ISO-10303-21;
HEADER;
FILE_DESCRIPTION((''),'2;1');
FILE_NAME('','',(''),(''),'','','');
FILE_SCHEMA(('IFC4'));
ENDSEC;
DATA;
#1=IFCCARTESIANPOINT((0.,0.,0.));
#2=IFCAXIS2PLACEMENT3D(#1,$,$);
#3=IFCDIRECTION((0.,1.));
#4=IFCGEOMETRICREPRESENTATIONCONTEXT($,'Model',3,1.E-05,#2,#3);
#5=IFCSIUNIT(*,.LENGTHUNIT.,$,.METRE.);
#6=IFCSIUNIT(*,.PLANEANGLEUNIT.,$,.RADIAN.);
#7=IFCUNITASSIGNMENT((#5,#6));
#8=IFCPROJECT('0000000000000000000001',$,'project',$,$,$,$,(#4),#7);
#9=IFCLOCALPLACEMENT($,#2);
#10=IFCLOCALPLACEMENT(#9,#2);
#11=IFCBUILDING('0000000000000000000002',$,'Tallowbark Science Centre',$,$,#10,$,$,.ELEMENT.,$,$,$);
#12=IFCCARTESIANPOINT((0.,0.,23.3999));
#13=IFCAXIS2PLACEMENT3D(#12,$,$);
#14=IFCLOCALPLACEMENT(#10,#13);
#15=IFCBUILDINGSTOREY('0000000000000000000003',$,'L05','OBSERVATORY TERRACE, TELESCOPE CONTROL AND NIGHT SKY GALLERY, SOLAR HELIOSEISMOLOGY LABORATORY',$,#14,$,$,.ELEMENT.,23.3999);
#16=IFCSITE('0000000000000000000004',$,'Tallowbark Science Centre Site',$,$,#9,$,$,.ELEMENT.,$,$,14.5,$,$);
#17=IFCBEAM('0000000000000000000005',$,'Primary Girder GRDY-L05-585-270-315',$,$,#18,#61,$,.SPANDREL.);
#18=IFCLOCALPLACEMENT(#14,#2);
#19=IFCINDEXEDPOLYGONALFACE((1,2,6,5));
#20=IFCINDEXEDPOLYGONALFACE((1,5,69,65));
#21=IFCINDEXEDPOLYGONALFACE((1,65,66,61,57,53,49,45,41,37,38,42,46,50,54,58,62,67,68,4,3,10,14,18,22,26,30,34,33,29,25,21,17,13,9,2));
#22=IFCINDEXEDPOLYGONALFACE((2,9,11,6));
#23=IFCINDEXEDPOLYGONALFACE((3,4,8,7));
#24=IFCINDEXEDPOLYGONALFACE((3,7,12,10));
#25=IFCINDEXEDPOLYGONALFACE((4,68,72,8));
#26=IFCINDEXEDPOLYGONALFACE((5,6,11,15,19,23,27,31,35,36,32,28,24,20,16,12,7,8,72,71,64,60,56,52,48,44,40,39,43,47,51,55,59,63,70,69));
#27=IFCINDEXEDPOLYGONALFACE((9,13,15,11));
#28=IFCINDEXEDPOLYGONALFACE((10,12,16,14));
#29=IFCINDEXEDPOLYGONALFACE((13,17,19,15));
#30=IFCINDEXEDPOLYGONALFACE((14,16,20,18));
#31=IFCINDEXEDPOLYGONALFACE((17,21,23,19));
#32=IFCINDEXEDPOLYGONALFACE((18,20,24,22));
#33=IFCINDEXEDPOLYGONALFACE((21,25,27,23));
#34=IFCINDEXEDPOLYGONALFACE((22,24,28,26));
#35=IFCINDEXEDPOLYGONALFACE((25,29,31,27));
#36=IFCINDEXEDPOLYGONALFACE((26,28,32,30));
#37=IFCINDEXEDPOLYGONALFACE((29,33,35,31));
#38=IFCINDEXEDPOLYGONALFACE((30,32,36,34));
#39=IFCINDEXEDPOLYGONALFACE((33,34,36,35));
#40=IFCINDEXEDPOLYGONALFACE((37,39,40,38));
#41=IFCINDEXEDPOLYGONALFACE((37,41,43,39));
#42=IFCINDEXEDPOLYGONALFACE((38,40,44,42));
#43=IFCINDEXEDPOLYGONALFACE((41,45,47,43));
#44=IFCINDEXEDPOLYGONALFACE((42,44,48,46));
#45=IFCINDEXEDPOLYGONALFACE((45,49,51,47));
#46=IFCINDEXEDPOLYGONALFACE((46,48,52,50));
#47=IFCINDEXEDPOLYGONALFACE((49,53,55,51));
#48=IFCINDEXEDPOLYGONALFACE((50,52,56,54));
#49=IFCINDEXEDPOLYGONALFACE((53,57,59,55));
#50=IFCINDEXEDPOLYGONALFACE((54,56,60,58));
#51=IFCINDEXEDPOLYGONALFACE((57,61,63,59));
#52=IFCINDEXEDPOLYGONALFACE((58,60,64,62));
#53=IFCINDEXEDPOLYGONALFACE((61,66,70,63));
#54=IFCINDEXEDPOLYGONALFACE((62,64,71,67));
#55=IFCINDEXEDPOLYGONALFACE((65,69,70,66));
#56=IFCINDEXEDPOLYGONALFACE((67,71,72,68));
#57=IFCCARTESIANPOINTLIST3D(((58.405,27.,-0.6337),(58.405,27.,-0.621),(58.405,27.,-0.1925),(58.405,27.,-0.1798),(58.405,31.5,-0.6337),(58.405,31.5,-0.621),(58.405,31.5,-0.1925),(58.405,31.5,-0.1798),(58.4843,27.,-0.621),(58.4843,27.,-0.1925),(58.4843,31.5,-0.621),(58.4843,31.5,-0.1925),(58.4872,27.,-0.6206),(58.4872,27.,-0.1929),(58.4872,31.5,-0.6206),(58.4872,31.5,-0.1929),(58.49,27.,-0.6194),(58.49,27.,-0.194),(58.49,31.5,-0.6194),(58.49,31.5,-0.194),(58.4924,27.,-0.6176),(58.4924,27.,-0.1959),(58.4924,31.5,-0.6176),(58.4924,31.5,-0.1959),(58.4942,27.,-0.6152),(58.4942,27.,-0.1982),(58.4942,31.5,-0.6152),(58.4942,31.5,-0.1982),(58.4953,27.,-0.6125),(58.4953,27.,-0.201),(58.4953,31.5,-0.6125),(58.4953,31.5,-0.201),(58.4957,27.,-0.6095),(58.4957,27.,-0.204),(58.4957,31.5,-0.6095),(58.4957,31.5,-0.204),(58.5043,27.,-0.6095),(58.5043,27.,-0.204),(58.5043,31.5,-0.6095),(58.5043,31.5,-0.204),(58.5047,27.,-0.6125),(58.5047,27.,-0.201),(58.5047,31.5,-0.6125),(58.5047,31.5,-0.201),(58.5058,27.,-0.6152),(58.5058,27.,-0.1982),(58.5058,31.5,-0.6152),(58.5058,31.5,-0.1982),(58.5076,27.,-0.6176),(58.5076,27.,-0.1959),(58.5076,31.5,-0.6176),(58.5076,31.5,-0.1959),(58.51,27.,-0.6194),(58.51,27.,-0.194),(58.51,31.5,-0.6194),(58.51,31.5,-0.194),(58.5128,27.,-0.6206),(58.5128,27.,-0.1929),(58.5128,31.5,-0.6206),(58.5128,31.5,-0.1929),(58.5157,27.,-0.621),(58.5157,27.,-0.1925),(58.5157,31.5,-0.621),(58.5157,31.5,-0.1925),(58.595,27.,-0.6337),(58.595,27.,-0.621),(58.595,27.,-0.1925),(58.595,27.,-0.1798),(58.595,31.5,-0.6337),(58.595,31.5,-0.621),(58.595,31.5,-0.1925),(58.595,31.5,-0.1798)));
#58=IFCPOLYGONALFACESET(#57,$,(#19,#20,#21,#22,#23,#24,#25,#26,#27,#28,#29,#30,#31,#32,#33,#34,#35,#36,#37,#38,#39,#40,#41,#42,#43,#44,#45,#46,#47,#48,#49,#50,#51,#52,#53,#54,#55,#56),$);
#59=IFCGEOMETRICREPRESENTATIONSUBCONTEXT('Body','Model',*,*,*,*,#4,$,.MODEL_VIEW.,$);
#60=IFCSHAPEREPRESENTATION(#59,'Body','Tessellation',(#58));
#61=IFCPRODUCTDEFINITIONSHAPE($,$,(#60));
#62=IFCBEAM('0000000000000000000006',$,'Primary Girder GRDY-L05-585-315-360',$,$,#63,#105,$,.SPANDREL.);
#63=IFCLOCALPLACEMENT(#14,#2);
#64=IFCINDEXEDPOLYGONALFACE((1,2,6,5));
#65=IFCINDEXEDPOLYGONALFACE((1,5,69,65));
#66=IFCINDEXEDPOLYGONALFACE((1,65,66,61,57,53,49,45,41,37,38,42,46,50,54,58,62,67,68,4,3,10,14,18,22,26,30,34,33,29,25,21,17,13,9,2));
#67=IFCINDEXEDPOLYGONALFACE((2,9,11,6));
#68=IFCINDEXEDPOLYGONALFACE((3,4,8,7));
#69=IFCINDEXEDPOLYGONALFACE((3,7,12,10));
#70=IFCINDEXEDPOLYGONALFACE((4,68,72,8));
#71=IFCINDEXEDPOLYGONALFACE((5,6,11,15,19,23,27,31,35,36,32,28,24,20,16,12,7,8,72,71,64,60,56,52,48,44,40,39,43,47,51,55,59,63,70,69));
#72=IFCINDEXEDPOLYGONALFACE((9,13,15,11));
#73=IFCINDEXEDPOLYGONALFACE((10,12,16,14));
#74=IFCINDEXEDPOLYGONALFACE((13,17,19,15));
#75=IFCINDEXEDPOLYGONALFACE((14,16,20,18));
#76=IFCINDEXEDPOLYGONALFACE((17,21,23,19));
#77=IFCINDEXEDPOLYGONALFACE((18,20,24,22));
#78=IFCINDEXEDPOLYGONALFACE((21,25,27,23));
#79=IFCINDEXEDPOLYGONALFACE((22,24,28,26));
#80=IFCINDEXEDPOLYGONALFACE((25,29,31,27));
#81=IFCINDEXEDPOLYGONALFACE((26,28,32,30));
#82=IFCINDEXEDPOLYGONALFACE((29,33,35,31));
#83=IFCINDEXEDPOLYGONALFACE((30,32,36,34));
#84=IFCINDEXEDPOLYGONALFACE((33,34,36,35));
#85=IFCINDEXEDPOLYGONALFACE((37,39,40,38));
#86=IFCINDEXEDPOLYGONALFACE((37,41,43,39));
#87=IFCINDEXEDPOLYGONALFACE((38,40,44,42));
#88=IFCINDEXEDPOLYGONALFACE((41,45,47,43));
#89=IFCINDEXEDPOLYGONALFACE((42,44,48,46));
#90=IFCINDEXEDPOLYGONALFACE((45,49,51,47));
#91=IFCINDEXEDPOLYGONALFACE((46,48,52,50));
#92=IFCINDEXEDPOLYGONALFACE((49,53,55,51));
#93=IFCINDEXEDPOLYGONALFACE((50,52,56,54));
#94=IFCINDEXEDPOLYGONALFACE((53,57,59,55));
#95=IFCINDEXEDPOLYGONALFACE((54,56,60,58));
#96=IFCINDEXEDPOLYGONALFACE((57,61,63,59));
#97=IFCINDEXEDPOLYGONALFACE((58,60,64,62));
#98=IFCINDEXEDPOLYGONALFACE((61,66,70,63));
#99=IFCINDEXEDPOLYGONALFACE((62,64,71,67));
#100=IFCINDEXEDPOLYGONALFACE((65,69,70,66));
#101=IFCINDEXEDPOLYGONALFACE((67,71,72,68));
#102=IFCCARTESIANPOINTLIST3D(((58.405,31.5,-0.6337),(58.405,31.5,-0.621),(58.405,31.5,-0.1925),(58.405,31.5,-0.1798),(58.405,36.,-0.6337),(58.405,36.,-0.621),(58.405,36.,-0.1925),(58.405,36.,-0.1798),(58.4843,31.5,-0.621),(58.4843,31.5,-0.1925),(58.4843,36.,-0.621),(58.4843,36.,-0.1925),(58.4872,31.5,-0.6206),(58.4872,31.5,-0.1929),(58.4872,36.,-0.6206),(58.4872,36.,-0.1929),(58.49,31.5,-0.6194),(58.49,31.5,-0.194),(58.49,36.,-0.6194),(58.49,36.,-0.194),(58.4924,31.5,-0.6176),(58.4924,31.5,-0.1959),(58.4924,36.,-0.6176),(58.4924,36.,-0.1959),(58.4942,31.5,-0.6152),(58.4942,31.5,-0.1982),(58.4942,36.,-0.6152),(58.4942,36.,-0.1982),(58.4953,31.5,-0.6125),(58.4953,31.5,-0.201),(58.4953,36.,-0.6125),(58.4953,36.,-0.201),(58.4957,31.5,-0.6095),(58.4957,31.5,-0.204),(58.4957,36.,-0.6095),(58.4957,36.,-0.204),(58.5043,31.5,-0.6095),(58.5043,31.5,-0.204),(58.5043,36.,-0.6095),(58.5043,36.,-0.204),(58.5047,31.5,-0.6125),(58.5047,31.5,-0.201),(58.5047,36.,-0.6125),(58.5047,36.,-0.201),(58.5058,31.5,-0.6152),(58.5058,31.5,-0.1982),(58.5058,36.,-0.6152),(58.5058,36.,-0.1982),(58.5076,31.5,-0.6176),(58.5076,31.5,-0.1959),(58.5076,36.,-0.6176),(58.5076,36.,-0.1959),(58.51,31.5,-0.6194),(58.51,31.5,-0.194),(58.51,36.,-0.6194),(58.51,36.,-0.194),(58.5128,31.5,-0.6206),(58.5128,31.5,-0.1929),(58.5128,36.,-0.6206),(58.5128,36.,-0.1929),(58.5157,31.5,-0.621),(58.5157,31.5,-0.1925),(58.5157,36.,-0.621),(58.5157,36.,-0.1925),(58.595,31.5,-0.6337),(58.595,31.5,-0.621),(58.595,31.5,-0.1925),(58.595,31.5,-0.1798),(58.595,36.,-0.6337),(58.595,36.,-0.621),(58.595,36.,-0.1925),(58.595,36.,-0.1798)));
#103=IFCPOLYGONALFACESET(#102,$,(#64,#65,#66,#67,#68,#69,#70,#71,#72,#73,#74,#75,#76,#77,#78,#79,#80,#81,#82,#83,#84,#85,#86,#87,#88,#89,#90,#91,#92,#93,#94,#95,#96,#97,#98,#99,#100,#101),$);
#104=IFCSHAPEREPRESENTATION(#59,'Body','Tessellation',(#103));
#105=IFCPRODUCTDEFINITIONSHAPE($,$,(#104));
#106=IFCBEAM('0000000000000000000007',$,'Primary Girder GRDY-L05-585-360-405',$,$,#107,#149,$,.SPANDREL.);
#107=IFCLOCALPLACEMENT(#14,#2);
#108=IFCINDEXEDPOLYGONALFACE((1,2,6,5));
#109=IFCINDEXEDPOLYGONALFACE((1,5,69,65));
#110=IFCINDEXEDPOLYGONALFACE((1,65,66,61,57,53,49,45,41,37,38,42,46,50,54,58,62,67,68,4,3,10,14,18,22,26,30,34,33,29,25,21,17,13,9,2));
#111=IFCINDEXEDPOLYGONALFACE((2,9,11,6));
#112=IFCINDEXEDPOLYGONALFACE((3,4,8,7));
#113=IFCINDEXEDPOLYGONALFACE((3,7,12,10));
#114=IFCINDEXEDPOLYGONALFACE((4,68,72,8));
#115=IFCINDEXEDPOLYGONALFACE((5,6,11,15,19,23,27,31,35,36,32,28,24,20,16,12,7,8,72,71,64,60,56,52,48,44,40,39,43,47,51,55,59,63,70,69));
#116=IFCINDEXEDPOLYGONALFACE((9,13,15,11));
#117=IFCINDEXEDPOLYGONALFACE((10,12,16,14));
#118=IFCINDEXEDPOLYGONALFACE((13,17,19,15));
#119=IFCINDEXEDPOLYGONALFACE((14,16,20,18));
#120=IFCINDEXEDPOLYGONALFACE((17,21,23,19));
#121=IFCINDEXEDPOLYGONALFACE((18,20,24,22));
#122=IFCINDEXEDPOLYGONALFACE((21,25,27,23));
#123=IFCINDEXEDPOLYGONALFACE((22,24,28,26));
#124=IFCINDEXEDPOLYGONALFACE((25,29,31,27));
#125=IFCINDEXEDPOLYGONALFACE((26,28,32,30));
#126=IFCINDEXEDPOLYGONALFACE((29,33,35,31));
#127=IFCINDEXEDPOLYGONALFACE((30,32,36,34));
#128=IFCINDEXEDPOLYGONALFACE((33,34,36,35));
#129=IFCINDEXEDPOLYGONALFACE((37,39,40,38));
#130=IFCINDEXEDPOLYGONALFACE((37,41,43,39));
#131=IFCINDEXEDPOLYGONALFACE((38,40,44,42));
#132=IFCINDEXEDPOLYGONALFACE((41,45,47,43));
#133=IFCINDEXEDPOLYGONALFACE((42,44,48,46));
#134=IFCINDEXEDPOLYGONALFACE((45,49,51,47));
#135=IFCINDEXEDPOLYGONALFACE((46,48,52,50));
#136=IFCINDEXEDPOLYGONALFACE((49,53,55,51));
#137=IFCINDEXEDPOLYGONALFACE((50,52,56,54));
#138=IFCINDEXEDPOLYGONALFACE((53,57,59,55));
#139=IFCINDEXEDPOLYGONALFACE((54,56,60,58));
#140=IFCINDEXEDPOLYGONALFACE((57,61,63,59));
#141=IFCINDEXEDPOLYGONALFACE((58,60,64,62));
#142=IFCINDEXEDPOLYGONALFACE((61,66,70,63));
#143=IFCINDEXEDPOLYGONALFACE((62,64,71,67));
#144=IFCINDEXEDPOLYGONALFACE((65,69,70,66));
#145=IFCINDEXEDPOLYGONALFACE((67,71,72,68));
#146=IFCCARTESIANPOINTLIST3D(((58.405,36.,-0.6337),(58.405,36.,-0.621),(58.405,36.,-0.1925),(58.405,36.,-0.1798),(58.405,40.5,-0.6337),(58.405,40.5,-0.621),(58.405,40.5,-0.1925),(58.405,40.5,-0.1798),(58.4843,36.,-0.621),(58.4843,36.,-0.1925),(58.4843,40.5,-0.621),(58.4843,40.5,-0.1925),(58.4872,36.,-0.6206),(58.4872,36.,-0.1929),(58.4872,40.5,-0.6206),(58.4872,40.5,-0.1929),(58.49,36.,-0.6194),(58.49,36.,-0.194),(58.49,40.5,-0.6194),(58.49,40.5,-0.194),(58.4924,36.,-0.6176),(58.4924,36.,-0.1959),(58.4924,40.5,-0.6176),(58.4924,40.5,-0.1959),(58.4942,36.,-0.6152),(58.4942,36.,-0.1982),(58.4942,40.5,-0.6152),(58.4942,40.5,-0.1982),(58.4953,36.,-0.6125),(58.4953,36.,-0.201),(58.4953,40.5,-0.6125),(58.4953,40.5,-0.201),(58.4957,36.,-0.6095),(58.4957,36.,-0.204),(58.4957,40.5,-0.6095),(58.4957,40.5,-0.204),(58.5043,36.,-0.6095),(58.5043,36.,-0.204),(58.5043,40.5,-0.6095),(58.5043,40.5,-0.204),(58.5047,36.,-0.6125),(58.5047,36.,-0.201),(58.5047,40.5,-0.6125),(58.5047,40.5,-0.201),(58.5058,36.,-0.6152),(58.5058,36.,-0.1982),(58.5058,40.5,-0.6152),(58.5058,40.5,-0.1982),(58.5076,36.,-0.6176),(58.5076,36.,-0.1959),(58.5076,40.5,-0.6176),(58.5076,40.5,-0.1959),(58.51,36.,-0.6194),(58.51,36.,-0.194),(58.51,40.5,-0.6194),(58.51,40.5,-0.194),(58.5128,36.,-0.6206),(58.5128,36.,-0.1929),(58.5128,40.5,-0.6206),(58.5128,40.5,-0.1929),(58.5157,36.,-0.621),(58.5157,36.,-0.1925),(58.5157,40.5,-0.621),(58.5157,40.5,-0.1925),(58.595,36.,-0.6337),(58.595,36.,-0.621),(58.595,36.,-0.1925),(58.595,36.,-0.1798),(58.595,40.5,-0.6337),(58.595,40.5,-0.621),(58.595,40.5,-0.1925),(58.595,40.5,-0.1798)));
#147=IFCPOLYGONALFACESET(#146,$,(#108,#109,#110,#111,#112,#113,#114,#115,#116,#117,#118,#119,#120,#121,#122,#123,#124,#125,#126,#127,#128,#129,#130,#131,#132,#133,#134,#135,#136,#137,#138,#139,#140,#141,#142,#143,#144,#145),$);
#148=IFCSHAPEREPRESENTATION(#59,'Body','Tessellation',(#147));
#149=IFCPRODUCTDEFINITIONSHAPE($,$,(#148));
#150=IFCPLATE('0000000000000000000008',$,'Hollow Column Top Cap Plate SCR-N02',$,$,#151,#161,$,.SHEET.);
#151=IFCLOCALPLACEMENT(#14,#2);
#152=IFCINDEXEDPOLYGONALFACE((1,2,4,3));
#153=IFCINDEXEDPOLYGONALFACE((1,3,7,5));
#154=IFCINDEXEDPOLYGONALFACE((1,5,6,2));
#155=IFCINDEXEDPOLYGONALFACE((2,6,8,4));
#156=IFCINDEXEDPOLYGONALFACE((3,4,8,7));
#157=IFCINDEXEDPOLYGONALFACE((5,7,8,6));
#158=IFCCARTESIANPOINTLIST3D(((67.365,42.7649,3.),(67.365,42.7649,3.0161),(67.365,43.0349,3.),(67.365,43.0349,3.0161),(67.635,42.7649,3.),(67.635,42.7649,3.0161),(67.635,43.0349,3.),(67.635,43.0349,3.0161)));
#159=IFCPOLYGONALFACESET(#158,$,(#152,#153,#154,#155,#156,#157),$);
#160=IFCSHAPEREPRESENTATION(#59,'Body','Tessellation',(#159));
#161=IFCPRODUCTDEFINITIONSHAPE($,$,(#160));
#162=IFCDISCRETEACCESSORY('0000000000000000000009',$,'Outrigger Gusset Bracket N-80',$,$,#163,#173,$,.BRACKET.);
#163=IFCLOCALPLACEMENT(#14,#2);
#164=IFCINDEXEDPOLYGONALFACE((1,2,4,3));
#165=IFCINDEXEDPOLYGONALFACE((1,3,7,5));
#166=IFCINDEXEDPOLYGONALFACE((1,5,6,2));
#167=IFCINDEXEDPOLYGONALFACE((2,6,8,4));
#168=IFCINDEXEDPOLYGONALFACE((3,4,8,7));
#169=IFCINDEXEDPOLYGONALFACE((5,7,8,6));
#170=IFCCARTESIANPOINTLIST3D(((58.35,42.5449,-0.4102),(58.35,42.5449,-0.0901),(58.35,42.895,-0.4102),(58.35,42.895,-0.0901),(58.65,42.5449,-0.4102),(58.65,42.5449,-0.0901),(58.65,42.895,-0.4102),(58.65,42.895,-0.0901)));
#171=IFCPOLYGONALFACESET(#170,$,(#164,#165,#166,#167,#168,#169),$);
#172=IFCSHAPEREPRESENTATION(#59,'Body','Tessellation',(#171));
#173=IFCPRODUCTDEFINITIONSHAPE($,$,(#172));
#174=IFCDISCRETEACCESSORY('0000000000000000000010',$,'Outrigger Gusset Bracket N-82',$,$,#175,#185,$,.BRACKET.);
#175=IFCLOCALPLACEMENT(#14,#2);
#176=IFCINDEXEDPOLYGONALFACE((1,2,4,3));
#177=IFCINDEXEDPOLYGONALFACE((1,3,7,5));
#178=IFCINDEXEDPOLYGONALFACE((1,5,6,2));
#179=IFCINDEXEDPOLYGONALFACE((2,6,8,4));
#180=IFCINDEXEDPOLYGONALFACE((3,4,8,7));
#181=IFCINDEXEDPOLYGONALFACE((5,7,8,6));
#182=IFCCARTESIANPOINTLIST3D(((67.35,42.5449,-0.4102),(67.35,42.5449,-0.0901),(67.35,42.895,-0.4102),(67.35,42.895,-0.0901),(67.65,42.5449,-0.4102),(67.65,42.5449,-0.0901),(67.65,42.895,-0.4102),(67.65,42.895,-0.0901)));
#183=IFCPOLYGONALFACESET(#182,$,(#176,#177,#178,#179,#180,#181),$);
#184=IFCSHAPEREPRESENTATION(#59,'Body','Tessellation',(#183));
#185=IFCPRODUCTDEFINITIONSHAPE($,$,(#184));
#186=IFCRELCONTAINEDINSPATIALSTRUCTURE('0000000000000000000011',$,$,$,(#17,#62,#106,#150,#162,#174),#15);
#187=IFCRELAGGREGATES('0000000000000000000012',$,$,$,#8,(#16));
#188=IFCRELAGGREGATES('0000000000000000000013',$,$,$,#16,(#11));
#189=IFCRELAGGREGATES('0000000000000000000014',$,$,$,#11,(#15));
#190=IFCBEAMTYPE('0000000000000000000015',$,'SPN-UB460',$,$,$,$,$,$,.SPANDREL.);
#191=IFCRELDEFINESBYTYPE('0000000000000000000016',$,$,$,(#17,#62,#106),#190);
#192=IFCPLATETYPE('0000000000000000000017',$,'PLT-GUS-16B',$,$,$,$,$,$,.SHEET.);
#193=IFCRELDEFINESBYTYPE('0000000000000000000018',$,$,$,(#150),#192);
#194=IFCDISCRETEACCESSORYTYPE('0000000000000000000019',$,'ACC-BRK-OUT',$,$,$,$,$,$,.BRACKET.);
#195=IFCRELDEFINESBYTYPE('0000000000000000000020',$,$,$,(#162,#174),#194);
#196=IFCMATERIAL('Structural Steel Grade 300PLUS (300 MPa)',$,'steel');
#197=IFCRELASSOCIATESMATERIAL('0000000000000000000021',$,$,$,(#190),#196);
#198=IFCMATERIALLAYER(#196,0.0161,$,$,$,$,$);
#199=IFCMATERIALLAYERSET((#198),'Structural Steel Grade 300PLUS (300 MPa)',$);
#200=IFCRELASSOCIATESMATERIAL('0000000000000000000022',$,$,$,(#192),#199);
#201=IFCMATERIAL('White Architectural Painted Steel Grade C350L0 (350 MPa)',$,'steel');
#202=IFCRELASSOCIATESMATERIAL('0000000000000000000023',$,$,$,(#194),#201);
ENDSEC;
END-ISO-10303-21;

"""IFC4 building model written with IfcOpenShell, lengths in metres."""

from ifc_helpers import new_model, si_unit, direction, frame, origin, origin_2d, place, context, subcontext, project, spatial, rectangle, i_section, extrude, material, layer, layer_set, material_profile, profile_set, type_object, element, save


model = new_model("IFC4")

# Units and contexts
model_context = context("Model", 3, precision=1e-05, world=origin(), true_north=direction((0.0, 1.0)))
body_context = subcontext(model_context, "Body", "Model", "MODEL_VIEW")
ifc_project = project(units=[si_unit("LENGTHUNIT", "METRE"), si_unit("PLANEANGLEUNIT", "RADIAN")], contexts=[model_context])

# Site, building, storey
site_placement = place(None, origin())
site = spatial("IfcSite", under=ifc_project, at=site_placement, Name="Tallowbark Science Centre Site", CompositionType="ELEMENT", RefElevation=14.5)
building_placement = place(site_placement, origin())
building = spatial("IfcBuilding", under=site, at=building_placement, Name="Tallowbark Science Centre", CompositionType="ELEMENT")
storey_placement = place(building_placement, frame((0.0, 0.0, 23.3999)))
storey = spatial("IfcBuildingStorey", under=building, at=storey_placement, Name="L05", Description="OBSERVATORY TERRACE, TELESCOPE CONTROL AND NIGHT SKY GALLERY, SOLAR HELIOSEISMOLOGY LABORATORY", CompositionType="ELEMENT", Elevation=23.3999)

# Shared definitions
ifc_material_1 = material(Name="White Architectural Painted Steel Grade C350L0 (350 MPa)", Category="steel")
ifc_material_2 = material(Name="Structural Steel Grade 300PLUS (300 MPa)", Category="steel")

# Beams
ifc_material_profile_1 = material_profile(ifc_material_2, i_section(OverallWidth=0.1899, OverallDepth=0.4539, WebThickness=0.0085, FlangeThickness=0.0127, FilletRadius=0.0115, at=origin_2d()), Name="460UB67.1")
ifc_profile_set_1 = profile_set([ifc_material_profile_1], Name="Structural Steel Grade 300PLUS (300 MPa)")
beam_type_1 = type_object("IfcBeamType", Name="SPN-UB460", PredefinedType="SPANDREL", material=ifc_profile_set_1)
for number, where, z_axis, x_axis, name in (
    (1, (58.5, 27.0, -0.4067), (0.0, 1.0, 0.0), (-1.0, 0.0, 0.0), "Primary Girder GRDY-L05-585-270-315"),
    (2, (58.5, 31.5, -0.4067), (0.0, 1.0, 0.0), (-1.0, 0.0, 0.0), "Primary Girder GRDY-L05-585-315-360"),
    (3, (58.5, 36.0, -0.4067), (0.0, 1.0, 0.0), (-1.0, 0.0, 0.0), "Primary Girder GRDY-L05-585-360-405"),
):
    element("IfcBeam", number, at=place(storey_placement, frame(where, z_axis=z_axis, x_axis=x_axis)), inside=storey, type_object=beam_type_1, Name=name, PredefinedType="SPANDREL", context=body_context, shape_type="SweptSolid", body=[
        extrude(i_section(OverallWidth=0.1899, OverallDepth=0.4539, WebThickness=0.0085, FlangeThickness=0.0127, FilletRadius=0.0115, at=origin_2d()), origin(), (0.0, 0.0, 1.0), 4.5),
    ])

# Plate
ifc_layer = layer(ifc_material_2, 0.0161)
ifc_layer_set = layer_set([ifc_layer], Name="Structural Steel Grade 300PLUS (300 MPa)")
plate_type = type_object("IfcPlateType", Name="PLT-GUS-16B", PredefinedType="SHEET", material=ifc_layer_set)
plate_placement = place(storey_placement, frame((67.5, 42.8999, 3.0), z_axis=(0.0, 0.0, 1.0), x_axis=(1.0, 0.0, 0.0)))
element("IfcPlate", 4, at=plate_placement, inside=storey, type_object=plate_type, Name="Hollow Column Top Cap Plate SCR-N02", PredefinedType="SHEET", context=body_context, shape_type="SweptSolid", body=[
    extrude(rectangle(XDim=0.27, YDim=0.27, at=origin_2d()), origin(), (0.0, 0.0, 1.0), 0.0161),
])

# Discrete accessories
discrete_accessory_type = type_object("IfcDiscreteAccessoryType", Name="ACC-BRK-OUT", PredefinedType="BRACKET", material=ifc_material_1)
for number, where, z_axis, x_axis, name in (
    (5, (58.5, 42.72, -0.4102), (0.0, 0.0, 1.0), (1.0, 0.0, 0.0), "Outrigger Gusset Bracket N-80"),
    (6, (67.5, 42.72, -0.4102), (0.0, 0.0, 1.0), (1.0, 0.0, 0.0), "Outrigger Gusset Bracket N-82"),
):
    element("IfcDiscreteAccessory", number, at=place(storey_placement, frame(where, z_axis=z_axis, x_axis=x_axis)), inside=storey, type_object=discrete_accessory_type, Name=name, PredefinedType="BRACKET", context=body_context, shape_type="SweptSolid", body=[
        extrude(rectangle(XDim=0.3, YDim=0.3501, at=origin_2d()), origin(), (0.0, 0.0, 1.0), 0.3201),
    ])

save(model, "model.ifc")
